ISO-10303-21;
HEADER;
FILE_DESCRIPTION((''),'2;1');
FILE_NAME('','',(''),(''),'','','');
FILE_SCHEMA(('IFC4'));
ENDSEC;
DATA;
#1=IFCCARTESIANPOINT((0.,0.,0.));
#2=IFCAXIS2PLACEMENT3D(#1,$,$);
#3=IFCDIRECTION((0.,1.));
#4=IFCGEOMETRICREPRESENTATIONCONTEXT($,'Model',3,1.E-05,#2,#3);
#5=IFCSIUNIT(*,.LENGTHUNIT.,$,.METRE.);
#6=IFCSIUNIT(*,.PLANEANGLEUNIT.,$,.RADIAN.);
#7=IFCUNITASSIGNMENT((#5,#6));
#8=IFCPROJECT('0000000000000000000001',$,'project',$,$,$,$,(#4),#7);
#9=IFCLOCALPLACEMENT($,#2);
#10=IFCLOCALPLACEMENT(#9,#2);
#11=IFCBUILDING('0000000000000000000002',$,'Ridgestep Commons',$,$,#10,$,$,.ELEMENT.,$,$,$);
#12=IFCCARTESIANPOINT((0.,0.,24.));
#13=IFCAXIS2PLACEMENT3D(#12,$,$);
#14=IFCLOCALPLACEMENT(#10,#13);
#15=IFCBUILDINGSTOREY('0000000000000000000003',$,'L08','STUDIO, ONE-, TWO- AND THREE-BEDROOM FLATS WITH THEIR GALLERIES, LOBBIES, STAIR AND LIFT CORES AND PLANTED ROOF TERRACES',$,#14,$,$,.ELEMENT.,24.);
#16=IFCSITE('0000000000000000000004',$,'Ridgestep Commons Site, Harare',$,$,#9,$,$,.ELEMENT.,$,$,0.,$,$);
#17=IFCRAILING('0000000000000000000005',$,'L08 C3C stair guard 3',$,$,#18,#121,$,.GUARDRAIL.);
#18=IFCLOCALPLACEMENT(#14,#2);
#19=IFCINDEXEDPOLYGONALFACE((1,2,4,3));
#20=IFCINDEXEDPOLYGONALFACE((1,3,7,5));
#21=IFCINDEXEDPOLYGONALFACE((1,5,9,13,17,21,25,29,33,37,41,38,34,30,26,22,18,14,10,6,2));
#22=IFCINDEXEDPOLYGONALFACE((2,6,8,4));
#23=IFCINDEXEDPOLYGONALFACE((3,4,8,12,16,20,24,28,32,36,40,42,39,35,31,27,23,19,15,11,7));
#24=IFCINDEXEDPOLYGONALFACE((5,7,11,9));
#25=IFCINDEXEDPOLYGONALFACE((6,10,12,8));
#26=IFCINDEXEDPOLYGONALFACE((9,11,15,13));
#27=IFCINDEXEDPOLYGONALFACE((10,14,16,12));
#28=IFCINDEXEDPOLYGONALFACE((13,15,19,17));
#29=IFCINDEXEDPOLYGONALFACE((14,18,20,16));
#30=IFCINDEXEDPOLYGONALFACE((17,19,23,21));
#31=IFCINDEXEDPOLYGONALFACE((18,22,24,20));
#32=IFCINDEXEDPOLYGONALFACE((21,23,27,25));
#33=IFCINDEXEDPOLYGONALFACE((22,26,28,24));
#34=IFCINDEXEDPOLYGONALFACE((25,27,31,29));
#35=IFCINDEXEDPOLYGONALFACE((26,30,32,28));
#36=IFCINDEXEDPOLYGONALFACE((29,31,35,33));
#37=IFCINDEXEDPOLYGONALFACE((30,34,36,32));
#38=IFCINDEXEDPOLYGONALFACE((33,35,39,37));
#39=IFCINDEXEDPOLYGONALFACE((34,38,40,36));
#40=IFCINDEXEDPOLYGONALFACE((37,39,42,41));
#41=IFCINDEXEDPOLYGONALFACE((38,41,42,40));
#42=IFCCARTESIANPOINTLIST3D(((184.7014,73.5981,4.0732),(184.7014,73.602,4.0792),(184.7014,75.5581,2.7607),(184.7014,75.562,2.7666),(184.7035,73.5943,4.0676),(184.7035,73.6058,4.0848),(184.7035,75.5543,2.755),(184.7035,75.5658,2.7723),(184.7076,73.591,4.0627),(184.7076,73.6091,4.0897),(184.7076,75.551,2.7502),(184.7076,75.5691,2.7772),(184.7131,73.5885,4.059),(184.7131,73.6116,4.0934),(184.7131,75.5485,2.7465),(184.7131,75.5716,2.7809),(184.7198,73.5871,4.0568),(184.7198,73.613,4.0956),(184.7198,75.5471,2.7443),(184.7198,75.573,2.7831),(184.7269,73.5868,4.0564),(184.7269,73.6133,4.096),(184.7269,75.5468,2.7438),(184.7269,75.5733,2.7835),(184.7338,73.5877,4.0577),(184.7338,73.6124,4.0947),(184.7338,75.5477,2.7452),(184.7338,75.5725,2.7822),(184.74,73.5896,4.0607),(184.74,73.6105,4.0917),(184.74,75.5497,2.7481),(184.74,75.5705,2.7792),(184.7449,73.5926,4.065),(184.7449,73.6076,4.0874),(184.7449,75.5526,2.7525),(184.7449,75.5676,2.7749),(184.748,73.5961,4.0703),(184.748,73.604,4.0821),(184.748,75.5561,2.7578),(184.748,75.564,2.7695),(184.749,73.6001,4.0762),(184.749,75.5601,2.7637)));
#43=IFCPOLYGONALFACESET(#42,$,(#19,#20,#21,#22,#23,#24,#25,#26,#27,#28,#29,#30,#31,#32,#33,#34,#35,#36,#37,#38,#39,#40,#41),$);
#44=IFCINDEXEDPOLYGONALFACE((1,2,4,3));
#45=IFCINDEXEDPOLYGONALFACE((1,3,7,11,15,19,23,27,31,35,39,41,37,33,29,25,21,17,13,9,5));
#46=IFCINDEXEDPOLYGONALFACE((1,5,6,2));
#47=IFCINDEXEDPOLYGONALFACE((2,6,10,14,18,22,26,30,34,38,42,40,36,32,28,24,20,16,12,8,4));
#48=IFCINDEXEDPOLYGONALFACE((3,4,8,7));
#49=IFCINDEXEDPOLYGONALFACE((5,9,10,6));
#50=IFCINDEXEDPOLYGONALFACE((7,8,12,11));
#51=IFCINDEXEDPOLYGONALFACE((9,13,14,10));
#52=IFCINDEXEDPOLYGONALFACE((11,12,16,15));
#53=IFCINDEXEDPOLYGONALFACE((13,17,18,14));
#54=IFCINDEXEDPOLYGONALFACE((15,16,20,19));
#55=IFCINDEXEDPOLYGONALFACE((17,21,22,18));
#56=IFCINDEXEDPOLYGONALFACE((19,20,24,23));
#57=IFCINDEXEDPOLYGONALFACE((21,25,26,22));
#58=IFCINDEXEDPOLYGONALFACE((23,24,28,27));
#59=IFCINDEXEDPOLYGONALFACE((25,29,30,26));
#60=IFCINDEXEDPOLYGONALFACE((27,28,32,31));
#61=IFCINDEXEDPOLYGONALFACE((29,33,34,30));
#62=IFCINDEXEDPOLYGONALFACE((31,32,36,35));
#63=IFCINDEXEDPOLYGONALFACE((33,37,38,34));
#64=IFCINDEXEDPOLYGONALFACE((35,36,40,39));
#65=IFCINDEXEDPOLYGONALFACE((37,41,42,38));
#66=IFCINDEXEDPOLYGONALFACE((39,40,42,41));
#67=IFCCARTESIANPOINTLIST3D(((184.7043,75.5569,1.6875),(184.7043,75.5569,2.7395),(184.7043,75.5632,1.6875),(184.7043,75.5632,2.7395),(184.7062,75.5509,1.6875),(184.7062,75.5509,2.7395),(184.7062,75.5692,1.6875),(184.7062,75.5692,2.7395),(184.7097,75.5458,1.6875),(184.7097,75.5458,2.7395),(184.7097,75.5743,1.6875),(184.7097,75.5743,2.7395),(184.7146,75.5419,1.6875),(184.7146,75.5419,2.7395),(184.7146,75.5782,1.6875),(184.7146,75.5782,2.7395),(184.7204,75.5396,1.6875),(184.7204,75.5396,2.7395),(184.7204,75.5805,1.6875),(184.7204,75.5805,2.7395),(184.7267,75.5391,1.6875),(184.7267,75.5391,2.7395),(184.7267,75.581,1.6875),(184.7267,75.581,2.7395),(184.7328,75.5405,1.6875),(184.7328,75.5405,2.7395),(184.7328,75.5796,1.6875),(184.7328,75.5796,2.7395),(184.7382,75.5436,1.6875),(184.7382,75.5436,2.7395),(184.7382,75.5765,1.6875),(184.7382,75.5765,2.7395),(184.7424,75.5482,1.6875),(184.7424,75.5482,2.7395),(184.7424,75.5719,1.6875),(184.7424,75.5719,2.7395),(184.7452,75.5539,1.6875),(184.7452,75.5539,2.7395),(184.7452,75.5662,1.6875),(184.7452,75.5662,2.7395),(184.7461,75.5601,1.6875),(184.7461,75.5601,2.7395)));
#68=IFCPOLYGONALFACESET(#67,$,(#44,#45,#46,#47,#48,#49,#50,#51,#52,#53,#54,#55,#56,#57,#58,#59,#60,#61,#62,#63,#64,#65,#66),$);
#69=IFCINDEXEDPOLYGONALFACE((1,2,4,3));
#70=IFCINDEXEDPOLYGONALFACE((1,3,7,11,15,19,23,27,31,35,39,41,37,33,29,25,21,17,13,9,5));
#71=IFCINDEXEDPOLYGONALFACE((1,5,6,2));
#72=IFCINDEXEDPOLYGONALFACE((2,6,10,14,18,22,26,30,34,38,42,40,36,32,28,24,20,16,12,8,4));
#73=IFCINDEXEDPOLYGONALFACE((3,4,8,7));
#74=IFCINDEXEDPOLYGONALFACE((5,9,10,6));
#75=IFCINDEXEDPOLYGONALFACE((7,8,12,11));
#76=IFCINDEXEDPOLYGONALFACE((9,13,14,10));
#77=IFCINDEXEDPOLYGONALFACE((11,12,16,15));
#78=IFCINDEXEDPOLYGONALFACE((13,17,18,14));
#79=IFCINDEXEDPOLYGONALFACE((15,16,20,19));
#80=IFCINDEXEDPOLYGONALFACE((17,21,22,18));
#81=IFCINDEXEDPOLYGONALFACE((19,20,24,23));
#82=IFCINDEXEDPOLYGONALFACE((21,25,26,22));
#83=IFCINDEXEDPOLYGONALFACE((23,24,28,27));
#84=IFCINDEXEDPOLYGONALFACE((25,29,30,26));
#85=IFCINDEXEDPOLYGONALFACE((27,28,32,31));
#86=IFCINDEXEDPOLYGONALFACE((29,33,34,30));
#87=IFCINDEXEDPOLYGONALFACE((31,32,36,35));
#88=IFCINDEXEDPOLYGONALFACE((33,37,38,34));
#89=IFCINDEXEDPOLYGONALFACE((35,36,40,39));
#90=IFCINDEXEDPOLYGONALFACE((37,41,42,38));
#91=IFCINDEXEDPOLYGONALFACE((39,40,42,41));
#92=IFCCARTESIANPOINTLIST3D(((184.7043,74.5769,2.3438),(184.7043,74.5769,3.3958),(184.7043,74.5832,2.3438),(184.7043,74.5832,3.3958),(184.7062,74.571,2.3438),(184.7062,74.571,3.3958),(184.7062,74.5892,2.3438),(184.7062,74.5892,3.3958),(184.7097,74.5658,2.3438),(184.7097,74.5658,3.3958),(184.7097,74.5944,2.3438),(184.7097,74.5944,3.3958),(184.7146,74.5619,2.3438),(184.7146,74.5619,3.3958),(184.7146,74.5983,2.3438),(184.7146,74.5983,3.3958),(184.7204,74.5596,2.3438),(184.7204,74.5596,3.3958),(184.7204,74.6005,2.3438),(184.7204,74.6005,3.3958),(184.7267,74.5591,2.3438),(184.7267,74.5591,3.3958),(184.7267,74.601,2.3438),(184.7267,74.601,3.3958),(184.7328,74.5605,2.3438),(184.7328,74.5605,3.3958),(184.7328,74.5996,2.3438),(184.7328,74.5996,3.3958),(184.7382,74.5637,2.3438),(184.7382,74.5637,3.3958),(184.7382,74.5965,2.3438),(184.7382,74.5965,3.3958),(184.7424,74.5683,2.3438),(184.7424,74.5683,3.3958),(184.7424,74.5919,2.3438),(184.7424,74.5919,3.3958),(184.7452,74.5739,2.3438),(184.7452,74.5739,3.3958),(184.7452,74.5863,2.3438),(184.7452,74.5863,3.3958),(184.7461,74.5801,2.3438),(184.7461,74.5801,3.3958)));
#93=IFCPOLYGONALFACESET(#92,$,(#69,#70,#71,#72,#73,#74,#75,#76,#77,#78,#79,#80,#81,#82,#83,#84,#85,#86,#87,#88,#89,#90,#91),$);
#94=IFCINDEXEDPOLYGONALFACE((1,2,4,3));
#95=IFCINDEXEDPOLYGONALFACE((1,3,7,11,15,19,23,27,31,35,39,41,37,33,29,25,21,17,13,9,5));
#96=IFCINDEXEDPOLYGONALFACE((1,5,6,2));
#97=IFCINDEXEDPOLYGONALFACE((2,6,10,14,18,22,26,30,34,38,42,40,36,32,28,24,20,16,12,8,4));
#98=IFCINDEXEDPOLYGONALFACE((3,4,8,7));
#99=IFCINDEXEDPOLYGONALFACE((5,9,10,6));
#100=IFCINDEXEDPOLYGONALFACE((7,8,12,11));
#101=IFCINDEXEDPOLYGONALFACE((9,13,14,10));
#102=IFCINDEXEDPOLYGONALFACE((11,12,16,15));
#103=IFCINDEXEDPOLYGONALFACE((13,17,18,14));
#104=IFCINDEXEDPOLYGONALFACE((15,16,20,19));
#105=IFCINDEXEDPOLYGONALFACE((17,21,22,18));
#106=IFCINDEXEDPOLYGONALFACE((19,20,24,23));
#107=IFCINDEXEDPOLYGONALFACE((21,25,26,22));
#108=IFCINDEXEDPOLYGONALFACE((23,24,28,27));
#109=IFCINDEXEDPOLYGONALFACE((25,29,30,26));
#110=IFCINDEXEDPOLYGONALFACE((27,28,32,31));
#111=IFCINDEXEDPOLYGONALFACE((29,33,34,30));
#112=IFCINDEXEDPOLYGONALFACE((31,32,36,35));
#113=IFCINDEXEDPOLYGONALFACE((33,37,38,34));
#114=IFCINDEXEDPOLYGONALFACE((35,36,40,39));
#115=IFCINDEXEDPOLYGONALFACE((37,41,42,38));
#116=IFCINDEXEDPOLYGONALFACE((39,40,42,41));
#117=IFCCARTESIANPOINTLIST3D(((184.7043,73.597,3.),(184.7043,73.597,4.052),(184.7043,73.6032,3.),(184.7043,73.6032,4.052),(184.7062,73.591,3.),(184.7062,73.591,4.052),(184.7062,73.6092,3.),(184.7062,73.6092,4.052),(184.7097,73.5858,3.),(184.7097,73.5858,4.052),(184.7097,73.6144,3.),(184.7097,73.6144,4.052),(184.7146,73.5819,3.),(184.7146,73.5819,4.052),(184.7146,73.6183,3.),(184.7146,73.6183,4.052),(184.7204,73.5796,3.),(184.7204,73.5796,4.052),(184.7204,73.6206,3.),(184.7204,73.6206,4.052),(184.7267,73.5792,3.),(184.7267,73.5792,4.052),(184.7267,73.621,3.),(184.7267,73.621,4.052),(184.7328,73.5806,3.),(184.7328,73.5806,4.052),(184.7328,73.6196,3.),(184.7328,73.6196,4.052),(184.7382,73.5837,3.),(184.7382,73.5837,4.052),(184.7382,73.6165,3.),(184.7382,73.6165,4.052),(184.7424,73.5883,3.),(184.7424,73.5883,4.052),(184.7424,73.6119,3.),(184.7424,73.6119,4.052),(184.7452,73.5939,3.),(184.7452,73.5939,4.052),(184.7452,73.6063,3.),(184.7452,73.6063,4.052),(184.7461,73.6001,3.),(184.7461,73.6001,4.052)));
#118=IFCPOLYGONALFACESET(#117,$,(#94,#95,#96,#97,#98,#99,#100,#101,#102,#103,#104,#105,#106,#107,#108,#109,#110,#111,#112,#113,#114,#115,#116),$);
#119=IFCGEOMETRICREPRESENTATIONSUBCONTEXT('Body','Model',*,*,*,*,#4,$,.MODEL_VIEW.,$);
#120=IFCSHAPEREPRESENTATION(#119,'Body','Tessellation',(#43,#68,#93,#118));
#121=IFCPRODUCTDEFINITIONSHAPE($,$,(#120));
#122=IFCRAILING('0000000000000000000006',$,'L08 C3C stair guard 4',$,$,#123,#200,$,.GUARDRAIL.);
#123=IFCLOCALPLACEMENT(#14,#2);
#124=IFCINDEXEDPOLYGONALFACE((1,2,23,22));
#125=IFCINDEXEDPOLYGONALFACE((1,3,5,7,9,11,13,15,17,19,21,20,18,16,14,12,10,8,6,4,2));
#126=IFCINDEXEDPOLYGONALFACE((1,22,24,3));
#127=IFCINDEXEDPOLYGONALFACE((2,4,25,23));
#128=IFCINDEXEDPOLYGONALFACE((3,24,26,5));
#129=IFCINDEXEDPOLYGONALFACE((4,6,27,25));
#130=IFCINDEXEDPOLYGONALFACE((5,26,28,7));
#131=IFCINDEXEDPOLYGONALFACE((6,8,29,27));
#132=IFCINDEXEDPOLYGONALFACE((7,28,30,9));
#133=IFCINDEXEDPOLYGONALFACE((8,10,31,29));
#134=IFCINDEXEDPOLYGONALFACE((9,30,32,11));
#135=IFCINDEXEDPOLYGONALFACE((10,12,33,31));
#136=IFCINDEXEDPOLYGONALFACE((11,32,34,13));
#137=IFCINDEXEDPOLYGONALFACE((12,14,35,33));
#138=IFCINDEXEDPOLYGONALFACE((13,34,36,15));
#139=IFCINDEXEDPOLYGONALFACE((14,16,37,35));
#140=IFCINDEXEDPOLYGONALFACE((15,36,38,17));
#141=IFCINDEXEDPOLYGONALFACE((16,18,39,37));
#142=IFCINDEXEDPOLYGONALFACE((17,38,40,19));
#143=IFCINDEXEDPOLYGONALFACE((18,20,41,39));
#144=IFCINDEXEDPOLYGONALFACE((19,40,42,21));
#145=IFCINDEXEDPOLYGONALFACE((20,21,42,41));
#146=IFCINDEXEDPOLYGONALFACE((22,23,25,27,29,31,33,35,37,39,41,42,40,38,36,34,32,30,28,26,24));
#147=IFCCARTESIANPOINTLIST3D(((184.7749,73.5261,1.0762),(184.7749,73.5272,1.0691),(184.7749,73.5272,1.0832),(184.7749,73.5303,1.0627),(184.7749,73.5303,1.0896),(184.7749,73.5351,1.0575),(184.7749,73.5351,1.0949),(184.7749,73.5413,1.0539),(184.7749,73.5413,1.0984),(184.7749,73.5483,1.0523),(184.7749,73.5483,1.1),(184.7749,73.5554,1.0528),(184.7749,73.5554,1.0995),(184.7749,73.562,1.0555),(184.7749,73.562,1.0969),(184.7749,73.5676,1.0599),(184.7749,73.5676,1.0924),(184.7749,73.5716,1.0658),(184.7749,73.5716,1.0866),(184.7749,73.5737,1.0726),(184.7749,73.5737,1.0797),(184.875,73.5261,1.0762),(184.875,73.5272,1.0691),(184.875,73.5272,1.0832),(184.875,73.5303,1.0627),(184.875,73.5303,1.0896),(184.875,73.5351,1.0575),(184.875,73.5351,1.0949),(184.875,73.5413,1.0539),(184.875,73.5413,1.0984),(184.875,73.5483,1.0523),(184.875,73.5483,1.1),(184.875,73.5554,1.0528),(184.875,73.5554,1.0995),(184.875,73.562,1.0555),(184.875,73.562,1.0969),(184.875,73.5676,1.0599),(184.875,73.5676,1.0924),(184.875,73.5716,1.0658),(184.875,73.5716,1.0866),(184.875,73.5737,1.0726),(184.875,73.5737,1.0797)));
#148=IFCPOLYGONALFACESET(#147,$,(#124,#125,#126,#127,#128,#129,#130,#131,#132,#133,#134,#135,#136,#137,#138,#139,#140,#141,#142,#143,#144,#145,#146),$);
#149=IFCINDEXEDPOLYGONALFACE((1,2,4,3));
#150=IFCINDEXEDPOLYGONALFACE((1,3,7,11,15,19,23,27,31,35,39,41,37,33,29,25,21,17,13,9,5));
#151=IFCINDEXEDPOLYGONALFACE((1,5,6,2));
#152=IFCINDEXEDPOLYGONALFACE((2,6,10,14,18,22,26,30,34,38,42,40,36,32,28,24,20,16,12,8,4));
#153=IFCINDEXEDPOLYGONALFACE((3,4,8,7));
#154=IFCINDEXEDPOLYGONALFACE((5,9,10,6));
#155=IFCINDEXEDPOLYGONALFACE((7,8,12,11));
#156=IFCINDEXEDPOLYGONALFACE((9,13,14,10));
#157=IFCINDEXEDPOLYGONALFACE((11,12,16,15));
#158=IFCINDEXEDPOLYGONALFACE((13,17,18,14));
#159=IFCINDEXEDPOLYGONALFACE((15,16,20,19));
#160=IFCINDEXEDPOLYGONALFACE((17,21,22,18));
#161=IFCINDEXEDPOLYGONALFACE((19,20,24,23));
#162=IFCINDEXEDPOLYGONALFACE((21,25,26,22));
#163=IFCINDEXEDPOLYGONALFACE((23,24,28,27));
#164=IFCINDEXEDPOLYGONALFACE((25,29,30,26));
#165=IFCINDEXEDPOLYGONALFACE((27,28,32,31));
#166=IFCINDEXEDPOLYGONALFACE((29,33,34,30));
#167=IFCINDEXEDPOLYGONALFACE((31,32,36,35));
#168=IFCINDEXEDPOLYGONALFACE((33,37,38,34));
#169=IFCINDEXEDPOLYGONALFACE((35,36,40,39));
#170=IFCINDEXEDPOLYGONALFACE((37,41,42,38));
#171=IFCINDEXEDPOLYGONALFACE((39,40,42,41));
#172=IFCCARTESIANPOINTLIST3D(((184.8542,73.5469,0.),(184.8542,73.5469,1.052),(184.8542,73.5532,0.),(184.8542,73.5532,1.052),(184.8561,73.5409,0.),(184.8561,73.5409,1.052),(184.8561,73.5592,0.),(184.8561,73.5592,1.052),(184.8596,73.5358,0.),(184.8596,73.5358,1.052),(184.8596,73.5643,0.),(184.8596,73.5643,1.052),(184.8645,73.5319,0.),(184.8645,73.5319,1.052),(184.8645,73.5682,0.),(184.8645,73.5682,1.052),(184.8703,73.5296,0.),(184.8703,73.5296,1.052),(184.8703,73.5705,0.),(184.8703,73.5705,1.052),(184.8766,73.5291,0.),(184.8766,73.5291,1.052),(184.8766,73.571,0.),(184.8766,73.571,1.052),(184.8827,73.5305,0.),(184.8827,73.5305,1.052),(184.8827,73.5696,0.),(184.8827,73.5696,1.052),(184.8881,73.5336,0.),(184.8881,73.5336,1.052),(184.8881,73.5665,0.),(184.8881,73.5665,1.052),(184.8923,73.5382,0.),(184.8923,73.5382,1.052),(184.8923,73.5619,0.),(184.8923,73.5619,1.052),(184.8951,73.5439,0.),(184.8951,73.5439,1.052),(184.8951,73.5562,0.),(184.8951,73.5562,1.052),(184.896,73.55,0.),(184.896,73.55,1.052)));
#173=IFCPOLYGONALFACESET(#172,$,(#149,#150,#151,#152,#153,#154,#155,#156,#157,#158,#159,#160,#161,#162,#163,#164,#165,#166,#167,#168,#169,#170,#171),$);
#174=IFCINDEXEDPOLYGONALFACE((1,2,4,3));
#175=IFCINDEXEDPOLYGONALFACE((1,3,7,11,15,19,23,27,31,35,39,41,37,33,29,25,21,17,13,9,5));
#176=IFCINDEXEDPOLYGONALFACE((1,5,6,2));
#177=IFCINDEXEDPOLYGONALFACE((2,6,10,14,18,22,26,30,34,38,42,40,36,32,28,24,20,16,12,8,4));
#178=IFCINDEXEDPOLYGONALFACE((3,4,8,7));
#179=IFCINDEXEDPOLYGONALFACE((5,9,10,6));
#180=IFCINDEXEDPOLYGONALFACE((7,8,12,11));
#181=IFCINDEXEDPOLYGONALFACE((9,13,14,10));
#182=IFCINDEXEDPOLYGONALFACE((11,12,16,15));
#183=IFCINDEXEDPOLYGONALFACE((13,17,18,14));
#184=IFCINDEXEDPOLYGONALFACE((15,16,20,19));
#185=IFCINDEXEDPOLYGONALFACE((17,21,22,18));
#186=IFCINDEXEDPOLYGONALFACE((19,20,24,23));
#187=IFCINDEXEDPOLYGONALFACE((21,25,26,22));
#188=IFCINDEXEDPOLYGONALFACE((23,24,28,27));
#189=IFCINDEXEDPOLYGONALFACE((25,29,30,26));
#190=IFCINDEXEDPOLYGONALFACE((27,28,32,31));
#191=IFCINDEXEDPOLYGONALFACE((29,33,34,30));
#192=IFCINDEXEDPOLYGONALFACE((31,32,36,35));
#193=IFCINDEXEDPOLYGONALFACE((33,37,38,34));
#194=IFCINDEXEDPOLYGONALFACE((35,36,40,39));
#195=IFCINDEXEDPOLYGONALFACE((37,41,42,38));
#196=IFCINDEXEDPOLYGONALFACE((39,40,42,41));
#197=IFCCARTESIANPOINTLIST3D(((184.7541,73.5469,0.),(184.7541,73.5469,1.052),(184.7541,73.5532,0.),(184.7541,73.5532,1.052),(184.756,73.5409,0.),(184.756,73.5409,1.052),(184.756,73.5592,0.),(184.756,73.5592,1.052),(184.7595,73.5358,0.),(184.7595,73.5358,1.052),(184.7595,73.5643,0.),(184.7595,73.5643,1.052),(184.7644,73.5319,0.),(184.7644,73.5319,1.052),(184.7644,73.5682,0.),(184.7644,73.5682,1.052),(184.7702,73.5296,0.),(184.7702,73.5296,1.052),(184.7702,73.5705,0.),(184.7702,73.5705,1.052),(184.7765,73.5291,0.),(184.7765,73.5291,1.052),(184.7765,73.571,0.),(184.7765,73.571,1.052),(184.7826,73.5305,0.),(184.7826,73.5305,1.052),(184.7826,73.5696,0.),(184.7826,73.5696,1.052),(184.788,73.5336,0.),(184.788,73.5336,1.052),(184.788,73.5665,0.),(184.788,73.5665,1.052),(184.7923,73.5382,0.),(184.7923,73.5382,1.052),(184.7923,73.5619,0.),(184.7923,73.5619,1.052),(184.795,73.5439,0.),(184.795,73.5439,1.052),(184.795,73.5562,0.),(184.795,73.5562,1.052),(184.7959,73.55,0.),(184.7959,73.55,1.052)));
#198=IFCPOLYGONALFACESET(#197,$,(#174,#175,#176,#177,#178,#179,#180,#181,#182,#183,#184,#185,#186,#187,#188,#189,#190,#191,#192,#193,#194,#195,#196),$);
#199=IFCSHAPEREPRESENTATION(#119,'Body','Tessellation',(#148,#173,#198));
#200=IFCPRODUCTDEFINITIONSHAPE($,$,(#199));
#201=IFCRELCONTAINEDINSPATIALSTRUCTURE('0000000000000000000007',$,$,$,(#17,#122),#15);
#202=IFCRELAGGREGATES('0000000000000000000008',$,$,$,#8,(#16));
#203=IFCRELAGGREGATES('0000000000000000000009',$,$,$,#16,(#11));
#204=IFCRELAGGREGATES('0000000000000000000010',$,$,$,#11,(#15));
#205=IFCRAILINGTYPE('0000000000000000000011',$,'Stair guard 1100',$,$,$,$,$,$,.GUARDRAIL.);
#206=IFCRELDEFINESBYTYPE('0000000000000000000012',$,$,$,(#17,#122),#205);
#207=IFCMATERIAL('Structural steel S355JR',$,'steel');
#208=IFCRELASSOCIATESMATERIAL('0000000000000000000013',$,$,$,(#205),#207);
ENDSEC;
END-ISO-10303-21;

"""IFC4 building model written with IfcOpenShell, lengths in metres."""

from ifc_helpers import new_model, si_unit, direction, frame, origin, origin_2d, place, context, subcontext, project, spatial, circle, extrude, material, type_object, element, save


model = new_model("IFC4")

# Units and contexts
model_context = context("Model", 3, precision=1e-05, world=origin(), true_north=direction((0.0, 1.0)))
body_context = subcontext(model_context, "Body", "Model", "MODEL_VIEW")
ifc_project = project(units=[si_unit("LENGTHUNIT", "METRE"), si_unit("PLANEANGLEUNIT", "RADIAN")], contexts=[model_context])

# Site, building, storey
site_placement = place(None, origin())
site = spatial("IfcSite", under=ifc_project, at=site_placement, Name="Ridgestep Commons Site, Harare", CompositionType="ELEMENT", RefElevation=0.0)
building_placement = place(site_placement, origin())
building = spatial("IfcBuilding", under=site, at=building_placement, Name="Ridgestep Commons", CompositionType="ELEMENT")
storey_placement = place(building_placement, frame((0.0, 0.0, 24.0)))
storey = spatial("IfcBuildingStorey", under=building, at=storey_placement, Name="L08", Description="STUDIO, ONE-, TWO- AND THREE-BEDROOM FLATS WITH THEIR GALLERIES, LOBBIES, STAIR AND LIFT CORES AND PLANTED ROOF TERRACES", CompositionType="ELEMENT", Elevation=24.0)

# Railings
ifc_material_1 = material(Name="Structural steel S355JR", Category="steel")
railing_type_1 = type_object("IfcRailingType", Name="Stair guard 1100", PredefinedType="GUARDRAIL", material=ifc_material_1)
railing_1_placement = place(storey_placement, frame((184.7251, 75.5601, 1.6875)))
element("IfcRailing", 1, at=railing_1_placement, inside=storey, type_object=railing_type_1, Name="L08 C3C stair guard 3", PredefinedType="GUARDRAIL", context=body_context, shape_type="SweptSolid", body=[
    extrude(circle(Radius=0.0239, at=origin_2d()), frame((0.0, 0.0, 1.0762), z_axis=(0.0, -0.830902, 0.556419), x_axis=(1.0, 0.0, 0.0)), (0.0, 0.0, 1.0), 2.3589),
    extrude(circle(Radius=0.021, at=origin_2d()), origin(), (0.0, 0.0, 1.0), 1.052),
    extrude(circle(Radius=0.021, at=origin_2d()), frame((0.0, -0.98, 0.6562)), (0.0, 0.0, 1.0), 1.052),
    extrude(circle(Radius=0.021, at=origin_2d()), frame((0.0, -1.96, 1.3125)), (0.0, 0.0, 1.0), 1.052),
])
railing_2_placement = place(storey_placement, frame((184.875, 73.55, 0.0)))
element("IfcRailing", 2, at=railing_2_placement, inside=storey, type_object=railing_type_1, Name="L08 C3C stair guard 4", PredefinedType="GUARDRAIL", context=body_context, shape_type="SweptSolid", body=[
    extrude(circle(Radius=0.0239, at=origin_2d()), frame((0.0, 0.0, 1.0762), z_axis=(-1.0, 0.0, 0.0), x_axis=(0.0, -1.0, 0.0)), (0.0, 0.0, 1.0), 0.1001),
    extrude(circle(Radius=0.021, at=origin_2d()), origin(), (0.0, 0.0, 1.0), 1.052),
    extrude(circle(Radius=0.021, at=origin_2d()), frame((-0.1001, 0.0, 0.0)), (0.0, 0.0, 1.0), 1.052),
])

save(model, "model.ifc")
